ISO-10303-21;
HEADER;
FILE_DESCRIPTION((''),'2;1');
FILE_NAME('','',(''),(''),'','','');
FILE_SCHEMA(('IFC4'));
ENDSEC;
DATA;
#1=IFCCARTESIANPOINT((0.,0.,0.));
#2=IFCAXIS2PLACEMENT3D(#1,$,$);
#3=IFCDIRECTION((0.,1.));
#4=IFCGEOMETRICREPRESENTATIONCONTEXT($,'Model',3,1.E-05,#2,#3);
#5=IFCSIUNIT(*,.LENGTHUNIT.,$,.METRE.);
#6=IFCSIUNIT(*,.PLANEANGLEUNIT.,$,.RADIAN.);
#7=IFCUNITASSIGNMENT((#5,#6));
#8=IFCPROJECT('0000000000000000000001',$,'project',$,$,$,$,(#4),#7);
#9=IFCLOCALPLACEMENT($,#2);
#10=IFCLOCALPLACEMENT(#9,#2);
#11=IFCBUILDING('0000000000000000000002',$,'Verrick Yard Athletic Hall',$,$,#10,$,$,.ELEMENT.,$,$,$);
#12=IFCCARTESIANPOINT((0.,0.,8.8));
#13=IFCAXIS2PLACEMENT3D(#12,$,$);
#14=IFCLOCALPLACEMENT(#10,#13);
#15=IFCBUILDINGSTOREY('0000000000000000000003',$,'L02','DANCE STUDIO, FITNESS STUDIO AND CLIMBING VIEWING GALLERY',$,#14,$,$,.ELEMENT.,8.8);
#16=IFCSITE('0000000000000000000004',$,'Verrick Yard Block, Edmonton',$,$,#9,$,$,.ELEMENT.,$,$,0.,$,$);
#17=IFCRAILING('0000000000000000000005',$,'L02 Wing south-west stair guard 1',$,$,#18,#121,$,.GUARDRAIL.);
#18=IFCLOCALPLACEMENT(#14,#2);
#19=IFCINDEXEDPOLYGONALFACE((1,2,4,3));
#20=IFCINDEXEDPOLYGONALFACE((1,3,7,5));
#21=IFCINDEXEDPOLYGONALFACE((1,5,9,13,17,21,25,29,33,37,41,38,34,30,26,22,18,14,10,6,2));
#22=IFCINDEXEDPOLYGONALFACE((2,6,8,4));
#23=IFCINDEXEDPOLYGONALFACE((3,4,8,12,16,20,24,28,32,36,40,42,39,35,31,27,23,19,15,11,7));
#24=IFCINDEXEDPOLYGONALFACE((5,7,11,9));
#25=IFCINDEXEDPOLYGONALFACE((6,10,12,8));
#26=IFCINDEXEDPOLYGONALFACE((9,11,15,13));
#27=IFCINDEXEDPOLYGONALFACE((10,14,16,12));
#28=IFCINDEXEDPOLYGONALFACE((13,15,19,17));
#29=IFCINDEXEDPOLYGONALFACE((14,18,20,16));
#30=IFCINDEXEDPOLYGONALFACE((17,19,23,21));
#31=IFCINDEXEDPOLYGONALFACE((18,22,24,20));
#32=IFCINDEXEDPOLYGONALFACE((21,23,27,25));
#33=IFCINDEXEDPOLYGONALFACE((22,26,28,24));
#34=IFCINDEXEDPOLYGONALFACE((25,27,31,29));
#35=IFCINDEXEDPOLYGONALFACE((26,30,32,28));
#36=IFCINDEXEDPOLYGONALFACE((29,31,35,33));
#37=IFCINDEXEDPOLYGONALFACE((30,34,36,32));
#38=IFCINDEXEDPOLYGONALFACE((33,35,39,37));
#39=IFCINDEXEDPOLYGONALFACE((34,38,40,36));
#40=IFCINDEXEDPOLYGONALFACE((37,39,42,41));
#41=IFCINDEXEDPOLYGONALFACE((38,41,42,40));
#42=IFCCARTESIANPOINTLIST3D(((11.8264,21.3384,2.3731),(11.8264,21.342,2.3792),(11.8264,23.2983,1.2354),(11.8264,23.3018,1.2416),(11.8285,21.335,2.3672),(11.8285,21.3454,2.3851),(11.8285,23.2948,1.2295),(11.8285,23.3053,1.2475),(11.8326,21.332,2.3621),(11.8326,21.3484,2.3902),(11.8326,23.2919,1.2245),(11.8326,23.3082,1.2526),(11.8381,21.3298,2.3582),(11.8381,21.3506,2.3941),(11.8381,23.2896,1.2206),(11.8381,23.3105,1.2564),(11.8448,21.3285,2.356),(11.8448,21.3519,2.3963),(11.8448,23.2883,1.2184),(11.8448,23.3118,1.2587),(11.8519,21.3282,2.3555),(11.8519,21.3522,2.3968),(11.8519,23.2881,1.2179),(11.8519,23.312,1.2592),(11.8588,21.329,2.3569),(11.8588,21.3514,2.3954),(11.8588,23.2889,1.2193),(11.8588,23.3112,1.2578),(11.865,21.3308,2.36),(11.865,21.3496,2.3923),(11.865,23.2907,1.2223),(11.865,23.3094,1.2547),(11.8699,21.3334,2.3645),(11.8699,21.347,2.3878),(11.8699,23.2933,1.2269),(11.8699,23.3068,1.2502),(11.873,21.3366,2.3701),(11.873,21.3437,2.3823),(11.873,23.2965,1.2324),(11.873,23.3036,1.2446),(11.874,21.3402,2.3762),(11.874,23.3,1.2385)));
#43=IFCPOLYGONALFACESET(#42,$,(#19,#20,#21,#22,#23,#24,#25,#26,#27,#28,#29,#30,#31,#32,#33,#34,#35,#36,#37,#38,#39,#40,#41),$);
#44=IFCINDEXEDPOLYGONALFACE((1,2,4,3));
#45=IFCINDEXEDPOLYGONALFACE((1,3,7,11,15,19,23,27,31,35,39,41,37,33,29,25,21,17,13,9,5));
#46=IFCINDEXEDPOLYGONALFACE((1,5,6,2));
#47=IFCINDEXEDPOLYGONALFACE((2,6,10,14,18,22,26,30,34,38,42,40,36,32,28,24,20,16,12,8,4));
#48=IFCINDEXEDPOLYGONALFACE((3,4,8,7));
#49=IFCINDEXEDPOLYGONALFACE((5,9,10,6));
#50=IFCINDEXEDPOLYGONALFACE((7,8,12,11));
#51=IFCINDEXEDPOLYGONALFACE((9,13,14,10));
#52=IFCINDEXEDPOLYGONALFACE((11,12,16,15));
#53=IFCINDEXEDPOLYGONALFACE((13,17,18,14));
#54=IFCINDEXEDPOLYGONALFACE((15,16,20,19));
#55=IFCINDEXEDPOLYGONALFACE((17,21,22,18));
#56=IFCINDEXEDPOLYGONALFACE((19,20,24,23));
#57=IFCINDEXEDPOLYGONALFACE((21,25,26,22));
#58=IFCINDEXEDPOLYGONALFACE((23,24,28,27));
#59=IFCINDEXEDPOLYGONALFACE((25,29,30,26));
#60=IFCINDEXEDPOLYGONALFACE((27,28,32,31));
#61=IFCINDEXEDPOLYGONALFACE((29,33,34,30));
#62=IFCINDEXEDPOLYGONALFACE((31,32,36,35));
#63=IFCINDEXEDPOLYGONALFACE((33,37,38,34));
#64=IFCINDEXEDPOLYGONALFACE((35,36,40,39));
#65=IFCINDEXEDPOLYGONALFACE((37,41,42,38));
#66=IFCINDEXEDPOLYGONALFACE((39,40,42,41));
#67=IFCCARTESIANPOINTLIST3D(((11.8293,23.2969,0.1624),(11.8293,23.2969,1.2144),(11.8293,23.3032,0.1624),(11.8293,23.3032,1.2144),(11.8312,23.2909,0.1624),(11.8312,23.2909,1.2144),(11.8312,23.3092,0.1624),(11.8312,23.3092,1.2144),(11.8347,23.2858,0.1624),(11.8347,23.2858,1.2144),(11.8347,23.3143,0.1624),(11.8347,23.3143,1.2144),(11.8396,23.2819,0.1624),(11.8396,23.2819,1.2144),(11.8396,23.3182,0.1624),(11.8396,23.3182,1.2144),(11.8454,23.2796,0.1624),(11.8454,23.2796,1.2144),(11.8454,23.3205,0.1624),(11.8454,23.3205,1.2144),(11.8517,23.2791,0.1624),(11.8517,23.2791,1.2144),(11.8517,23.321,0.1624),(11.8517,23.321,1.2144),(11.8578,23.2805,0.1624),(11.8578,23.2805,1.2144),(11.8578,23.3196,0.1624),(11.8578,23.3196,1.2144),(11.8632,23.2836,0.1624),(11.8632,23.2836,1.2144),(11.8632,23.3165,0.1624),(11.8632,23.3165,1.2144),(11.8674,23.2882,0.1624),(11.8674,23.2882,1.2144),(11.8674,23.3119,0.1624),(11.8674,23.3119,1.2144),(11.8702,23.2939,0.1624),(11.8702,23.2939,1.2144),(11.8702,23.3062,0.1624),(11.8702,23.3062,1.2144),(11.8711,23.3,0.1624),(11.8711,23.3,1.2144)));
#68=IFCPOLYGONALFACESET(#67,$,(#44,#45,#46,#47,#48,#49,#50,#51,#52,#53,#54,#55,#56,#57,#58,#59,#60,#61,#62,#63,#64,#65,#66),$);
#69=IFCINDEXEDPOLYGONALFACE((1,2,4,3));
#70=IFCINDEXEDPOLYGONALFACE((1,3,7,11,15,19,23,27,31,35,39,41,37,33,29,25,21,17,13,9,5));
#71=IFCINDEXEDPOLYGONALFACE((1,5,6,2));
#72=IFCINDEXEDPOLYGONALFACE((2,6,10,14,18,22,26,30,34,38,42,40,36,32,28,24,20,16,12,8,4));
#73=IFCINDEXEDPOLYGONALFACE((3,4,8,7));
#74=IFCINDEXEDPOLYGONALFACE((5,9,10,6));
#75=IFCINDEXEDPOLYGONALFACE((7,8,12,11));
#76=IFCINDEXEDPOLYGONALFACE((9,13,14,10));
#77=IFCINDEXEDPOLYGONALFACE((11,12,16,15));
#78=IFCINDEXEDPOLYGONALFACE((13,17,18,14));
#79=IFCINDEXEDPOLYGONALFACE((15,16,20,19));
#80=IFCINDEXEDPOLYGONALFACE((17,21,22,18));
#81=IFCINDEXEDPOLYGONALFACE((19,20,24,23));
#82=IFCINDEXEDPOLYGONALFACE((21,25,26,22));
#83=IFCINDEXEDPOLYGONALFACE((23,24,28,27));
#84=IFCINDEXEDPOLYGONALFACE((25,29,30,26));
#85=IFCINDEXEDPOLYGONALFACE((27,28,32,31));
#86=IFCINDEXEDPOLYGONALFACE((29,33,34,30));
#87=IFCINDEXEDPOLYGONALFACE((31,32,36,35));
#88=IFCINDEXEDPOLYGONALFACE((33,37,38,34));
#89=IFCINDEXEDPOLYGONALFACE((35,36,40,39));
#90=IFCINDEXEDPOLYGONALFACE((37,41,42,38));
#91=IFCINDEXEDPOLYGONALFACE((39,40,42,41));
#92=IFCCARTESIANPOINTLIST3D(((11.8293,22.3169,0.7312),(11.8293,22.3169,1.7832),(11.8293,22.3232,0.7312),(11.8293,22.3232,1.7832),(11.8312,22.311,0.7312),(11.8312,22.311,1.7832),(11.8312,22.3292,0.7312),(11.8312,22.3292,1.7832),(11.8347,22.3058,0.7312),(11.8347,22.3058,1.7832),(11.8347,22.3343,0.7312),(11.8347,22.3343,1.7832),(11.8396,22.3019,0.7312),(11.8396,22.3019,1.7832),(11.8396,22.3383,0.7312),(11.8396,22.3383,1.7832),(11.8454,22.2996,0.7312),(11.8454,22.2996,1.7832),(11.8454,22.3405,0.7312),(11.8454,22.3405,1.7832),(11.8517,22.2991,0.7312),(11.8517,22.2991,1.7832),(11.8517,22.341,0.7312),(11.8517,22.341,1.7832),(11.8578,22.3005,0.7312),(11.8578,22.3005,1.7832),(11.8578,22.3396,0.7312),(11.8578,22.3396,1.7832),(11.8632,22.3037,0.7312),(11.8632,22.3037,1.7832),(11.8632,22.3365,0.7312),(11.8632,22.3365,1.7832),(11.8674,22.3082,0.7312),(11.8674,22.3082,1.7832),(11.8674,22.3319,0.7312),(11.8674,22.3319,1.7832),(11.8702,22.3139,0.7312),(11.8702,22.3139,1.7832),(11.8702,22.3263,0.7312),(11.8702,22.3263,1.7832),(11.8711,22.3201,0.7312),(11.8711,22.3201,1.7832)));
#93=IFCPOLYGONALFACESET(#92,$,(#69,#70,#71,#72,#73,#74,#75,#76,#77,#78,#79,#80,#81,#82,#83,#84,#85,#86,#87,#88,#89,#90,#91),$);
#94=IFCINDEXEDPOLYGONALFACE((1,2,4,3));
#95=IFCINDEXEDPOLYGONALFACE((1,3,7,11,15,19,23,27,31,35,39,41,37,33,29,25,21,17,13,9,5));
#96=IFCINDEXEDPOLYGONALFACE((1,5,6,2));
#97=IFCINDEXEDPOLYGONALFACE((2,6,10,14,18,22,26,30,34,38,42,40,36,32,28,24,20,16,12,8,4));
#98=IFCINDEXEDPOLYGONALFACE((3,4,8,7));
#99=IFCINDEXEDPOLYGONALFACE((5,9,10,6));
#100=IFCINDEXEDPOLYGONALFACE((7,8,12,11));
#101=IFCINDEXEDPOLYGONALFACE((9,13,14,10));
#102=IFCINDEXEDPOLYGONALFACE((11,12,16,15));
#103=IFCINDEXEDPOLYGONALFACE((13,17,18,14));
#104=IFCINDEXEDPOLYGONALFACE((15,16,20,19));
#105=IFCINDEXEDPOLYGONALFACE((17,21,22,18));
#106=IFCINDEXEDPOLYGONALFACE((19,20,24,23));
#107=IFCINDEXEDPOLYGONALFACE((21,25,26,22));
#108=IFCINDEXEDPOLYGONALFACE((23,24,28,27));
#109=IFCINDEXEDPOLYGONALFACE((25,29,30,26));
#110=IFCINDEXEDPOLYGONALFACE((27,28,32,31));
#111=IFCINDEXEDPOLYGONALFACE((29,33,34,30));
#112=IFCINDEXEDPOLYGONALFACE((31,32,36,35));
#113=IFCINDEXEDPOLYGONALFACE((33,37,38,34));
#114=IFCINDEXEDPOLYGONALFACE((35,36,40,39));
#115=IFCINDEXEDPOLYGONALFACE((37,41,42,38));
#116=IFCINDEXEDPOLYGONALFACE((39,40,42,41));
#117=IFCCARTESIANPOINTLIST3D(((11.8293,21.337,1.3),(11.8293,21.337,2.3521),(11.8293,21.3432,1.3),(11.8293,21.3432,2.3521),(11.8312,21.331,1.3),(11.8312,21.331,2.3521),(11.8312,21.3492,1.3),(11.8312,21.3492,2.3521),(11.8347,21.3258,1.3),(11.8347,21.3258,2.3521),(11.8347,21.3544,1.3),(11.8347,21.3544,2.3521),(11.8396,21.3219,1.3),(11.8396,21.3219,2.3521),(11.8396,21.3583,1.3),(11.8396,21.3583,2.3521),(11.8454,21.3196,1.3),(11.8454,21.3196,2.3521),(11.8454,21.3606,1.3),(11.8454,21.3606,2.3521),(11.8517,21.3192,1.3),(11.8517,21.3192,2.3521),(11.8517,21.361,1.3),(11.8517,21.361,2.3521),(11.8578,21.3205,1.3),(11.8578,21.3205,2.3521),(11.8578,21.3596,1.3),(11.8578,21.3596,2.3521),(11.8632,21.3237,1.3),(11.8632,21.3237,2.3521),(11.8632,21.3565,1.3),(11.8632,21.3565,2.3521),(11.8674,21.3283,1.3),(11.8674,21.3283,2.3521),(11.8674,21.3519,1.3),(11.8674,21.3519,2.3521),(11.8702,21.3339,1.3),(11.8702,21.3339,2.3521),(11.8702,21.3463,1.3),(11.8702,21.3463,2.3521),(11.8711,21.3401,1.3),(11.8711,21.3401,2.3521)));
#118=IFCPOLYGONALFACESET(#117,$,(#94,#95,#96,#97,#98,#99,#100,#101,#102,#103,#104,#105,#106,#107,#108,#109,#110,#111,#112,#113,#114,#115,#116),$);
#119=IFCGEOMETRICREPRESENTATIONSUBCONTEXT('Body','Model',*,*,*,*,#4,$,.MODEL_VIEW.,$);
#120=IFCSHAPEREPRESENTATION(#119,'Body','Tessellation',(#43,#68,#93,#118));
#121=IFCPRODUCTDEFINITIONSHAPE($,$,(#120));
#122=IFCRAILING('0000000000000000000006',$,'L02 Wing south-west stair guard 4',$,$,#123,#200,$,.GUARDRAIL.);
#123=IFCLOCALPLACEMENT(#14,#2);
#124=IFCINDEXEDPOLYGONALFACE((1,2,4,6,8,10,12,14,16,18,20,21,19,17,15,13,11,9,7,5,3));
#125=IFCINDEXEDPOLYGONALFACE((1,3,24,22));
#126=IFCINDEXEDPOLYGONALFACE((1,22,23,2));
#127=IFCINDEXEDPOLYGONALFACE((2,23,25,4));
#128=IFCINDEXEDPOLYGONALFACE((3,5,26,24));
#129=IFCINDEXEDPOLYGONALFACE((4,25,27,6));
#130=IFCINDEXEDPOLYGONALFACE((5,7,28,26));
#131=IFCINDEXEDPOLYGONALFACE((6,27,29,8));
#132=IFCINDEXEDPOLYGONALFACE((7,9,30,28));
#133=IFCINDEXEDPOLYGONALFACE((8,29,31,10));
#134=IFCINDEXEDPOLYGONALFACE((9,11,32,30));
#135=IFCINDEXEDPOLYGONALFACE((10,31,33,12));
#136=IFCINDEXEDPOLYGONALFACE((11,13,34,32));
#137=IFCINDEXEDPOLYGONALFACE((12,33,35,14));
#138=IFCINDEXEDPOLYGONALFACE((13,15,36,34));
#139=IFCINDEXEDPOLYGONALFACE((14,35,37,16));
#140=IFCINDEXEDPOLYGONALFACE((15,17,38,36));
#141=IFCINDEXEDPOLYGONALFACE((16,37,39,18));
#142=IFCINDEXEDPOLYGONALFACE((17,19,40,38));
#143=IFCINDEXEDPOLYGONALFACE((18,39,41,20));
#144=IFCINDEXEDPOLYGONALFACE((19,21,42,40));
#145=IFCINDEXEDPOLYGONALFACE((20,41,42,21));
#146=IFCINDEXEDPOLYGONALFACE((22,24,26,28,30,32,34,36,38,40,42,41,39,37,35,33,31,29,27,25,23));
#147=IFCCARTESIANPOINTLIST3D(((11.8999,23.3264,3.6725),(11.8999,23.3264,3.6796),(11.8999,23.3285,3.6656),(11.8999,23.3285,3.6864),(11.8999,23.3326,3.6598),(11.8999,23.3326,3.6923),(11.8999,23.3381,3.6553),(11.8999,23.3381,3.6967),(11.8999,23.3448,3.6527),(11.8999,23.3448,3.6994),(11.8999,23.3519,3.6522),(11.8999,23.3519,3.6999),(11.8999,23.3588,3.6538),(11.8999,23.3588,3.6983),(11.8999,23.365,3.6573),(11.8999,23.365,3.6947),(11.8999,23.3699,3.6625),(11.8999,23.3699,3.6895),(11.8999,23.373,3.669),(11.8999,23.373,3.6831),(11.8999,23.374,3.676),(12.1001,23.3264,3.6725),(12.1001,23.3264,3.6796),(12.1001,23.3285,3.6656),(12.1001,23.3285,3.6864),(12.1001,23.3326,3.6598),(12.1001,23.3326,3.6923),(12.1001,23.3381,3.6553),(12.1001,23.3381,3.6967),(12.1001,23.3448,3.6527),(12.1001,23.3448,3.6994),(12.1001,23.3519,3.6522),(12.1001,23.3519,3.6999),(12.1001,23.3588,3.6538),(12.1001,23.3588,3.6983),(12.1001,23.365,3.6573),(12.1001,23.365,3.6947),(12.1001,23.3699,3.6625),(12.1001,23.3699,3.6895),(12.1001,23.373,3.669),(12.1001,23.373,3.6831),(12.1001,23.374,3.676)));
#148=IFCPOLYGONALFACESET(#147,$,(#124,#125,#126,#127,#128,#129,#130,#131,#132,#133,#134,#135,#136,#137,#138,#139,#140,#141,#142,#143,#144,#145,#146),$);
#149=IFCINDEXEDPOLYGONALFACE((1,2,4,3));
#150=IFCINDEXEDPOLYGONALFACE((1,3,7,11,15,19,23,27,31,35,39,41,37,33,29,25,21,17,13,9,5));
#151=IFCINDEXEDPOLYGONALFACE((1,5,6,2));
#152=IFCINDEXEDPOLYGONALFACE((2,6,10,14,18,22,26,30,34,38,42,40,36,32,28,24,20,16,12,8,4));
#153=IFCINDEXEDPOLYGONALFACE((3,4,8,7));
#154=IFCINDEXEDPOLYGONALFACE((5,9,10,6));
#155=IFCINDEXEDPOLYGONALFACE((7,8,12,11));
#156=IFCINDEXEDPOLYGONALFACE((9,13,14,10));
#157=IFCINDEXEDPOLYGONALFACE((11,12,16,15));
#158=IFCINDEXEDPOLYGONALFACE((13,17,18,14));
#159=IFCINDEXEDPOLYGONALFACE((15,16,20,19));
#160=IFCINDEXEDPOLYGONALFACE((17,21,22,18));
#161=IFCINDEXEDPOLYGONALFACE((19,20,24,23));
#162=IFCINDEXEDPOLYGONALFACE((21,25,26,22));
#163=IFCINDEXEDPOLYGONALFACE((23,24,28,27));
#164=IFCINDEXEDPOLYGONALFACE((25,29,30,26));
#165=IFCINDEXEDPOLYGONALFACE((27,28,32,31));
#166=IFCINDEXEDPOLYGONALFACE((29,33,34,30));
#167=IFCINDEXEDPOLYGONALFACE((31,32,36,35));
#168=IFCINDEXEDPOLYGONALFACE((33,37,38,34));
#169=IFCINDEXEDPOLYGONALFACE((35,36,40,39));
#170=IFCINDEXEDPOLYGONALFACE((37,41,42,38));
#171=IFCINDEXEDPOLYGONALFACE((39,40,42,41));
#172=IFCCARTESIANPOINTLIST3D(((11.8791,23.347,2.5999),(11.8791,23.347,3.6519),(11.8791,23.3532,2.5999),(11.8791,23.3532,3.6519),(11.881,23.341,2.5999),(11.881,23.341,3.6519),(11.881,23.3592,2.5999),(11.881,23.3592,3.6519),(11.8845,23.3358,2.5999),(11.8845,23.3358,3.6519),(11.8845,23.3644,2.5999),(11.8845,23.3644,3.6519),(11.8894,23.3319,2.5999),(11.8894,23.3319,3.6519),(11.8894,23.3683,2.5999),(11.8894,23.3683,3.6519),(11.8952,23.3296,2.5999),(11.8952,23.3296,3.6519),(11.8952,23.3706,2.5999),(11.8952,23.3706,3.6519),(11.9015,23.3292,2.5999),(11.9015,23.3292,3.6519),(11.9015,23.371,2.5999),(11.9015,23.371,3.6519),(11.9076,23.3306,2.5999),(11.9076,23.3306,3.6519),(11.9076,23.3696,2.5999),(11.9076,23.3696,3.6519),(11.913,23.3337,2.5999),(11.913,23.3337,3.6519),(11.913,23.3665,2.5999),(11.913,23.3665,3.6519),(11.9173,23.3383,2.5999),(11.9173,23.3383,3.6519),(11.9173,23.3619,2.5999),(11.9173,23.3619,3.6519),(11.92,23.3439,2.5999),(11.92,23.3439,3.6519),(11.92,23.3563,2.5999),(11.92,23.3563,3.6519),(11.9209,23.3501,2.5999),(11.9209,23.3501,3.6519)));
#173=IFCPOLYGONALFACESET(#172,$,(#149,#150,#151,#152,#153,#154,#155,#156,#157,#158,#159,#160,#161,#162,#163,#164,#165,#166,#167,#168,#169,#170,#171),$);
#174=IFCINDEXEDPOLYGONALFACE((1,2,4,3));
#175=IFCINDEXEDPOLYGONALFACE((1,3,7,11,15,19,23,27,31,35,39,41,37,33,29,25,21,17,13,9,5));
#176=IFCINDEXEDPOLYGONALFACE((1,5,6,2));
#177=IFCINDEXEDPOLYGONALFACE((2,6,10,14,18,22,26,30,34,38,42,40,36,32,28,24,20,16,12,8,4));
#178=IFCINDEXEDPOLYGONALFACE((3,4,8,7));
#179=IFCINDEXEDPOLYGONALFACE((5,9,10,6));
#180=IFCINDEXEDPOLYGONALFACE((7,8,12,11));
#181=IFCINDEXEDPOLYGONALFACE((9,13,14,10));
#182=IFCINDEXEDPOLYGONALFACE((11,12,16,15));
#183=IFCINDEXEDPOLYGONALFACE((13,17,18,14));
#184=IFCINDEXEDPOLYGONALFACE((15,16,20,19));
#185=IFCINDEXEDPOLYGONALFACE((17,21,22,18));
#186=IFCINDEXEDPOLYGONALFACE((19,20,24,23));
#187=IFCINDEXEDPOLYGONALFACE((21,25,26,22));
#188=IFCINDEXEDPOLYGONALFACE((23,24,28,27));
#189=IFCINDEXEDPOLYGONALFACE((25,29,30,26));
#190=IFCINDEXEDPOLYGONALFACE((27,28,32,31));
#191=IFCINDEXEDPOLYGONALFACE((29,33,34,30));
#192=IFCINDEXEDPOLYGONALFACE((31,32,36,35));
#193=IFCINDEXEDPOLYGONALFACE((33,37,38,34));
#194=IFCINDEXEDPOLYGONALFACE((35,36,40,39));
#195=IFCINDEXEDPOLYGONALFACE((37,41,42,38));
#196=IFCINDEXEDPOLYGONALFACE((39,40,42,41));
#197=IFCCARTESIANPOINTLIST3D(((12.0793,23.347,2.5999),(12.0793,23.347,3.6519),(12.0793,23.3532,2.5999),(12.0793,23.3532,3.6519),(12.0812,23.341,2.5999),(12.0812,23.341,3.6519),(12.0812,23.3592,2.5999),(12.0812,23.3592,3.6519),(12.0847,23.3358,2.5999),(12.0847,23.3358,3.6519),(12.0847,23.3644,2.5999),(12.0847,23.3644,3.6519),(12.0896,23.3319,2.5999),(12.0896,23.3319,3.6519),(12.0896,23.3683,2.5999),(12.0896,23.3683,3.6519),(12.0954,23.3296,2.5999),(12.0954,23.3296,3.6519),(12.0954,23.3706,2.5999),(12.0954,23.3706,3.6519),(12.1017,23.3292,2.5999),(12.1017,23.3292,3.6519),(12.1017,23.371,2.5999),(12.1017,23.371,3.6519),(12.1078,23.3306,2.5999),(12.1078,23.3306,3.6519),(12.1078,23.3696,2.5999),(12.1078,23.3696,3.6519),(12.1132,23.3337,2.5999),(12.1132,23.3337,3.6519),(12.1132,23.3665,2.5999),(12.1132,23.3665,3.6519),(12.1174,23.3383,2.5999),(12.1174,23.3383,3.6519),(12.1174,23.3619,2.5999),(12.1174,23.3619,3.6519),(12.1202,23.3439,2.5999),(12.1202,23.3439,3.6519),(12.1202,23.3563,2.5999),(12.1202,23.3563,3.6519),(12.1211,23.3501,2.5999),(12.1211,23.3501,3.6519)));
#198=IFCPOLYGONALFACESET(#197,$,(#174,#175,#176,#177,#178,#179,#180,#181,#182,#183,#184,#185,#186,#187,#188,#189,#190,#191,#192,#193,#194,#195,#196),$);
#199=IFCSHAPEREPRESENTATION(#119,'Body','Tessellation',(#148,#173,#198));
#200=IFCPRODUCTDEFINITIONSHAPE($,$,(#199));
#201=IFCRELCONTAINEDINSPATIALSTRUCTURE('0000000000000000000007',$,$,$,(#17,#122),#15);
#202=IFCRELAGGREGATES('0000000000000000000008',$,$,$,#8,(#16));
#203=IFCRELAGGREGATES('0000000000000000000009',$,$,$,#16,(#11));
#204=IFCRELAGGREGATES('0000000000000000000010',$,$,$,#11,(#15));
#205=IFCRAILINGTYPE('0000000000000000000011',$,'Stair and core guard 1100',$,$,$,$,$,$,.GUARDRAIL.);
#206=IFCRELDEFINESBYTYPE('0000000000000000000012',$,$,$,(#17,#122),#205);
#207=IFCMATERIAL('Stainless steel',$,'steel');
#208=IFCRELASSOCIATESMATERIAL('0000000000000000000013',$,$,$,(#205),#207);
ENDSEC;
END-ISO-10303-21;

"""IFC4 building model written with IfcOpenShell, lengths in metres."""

from ifc_helpers import new_model, si_unit, direction, frame, origin, origin_2d, place, context, subcontext, project, spatial, circle, extrude, material, type_object, element, save


model = new_model("IFC4")

# Units and contexts
model_context = context("Model", 3, precision=1e-05, world=origin(), true_north=direction((0.0, 1.0)))
body_context = subcontext(model_context, "Body", "Model", "MODEL_VIEW")
ifc_project = project(units=[si_unit("LENGTHUNIT", "METRE"), si_unit("PLANEANGLEUNIT", "RADIAN")], contexts=[model_context])

# Site, building, storey
site_placement = place(None, origin())
site = spatial("IfcSite", under=ifc_project, at=site_placement, Name="Verrick Yard Block, Edmonton", CompositionType="ELEMENT", RefElevation=0.0)
building_placement = place(site_placement, origin())
building = spatial("IfcBuilding", under=site, at=building_placement, Name="Verrick Yard Athletic Hall", CompositionType="ELEMENT")
storey_placement = place(building_placement, frame((0.0, 0.0, 8.8)))
storey = spatial("IfcBuildingStorey", under=building, at=storey_placement, Name="L02", Description="DANCE STUDIO, FITNESS STUDIO AND CLIMBING VIEWING GALLERY", CompositionType="ELEMENT", Elevation=8.8)

# Railings
ifc_material_1 = material(Name="Stainless steel", Category="steel")
railing_type_1 = type_object("IfcRailingType", Name="Stair and core guard 1100", PredefinedType="GUARDRAIL", material=ifc_material_1)
railing_1_placement = place(storey_placement, frame((11.8501, 23.3, 0.1624)))
element("IfcRailing", 1, at=railing_1_placement, inside=storey, type_object=railing_type_1, Name="L02 Wing south-west stair guard 1", PredefinedType="GUARDRAIL", context=body_context, shape_type="SweptSolid", body=[
    extrude(circle(Radius=0.0239, at=origin_2d()), frame((0.0, 0.0, 1.0762), z_axis=(0.0, -0.864855, 0.502021), x_axis=(1.0, 0.0, 0.0)), (0.0, 0.0, 1.0), 2.2661),
    extrude(circle(Radius=0.021, at=origin_2d()), origin(), (0.0, 0.0, 1.0), 1.052),
    extrude(circle(Radius=0.021, at=origin_2d()), frame((0.0, -0.98, 0.5688)), (0.0, 0.0, 1.0), 1.052),
    extrude(circle(Radius=0.021, at=origin_2d()), frame((0.0, -1.96, 1.1377)), (0.0, 0.0, 1.0), 1.052),
])
railing_2_placement = place(storey_placement, frame((11.8999, 23.3501, 2.5999)))
element("IfcRailing", 2, at=railing_2_placement, inside=storey, type_object=railing_type_1, Name="L02 Wing south-west stair guard 4", PredefinedType="GUARDRAIL", context=body_context, shape_type="SweptSolid", body=[
    extrude(circle(Radius=0.0239, at=origin_2d()), frame((0.0, 0.0, 1.0762), z_axis=(1.0, 0.0, 0.0), x_axis=(0.0, 1.0, 0.0)), (0.0, 0.0, 1.0), 0.2002),
    extrude(circle(Radius=0.021, at=origin_2d()), origin(), (0.0, 0.0, 1.0), 1.052),
    extrude(circle(Radius=0.021, at=origin_2d()), frame((0.2002, 0.0, 0.0)), (0.0, 0.0, 1.0), 1.052),
])

save(model, "model.ifc")
